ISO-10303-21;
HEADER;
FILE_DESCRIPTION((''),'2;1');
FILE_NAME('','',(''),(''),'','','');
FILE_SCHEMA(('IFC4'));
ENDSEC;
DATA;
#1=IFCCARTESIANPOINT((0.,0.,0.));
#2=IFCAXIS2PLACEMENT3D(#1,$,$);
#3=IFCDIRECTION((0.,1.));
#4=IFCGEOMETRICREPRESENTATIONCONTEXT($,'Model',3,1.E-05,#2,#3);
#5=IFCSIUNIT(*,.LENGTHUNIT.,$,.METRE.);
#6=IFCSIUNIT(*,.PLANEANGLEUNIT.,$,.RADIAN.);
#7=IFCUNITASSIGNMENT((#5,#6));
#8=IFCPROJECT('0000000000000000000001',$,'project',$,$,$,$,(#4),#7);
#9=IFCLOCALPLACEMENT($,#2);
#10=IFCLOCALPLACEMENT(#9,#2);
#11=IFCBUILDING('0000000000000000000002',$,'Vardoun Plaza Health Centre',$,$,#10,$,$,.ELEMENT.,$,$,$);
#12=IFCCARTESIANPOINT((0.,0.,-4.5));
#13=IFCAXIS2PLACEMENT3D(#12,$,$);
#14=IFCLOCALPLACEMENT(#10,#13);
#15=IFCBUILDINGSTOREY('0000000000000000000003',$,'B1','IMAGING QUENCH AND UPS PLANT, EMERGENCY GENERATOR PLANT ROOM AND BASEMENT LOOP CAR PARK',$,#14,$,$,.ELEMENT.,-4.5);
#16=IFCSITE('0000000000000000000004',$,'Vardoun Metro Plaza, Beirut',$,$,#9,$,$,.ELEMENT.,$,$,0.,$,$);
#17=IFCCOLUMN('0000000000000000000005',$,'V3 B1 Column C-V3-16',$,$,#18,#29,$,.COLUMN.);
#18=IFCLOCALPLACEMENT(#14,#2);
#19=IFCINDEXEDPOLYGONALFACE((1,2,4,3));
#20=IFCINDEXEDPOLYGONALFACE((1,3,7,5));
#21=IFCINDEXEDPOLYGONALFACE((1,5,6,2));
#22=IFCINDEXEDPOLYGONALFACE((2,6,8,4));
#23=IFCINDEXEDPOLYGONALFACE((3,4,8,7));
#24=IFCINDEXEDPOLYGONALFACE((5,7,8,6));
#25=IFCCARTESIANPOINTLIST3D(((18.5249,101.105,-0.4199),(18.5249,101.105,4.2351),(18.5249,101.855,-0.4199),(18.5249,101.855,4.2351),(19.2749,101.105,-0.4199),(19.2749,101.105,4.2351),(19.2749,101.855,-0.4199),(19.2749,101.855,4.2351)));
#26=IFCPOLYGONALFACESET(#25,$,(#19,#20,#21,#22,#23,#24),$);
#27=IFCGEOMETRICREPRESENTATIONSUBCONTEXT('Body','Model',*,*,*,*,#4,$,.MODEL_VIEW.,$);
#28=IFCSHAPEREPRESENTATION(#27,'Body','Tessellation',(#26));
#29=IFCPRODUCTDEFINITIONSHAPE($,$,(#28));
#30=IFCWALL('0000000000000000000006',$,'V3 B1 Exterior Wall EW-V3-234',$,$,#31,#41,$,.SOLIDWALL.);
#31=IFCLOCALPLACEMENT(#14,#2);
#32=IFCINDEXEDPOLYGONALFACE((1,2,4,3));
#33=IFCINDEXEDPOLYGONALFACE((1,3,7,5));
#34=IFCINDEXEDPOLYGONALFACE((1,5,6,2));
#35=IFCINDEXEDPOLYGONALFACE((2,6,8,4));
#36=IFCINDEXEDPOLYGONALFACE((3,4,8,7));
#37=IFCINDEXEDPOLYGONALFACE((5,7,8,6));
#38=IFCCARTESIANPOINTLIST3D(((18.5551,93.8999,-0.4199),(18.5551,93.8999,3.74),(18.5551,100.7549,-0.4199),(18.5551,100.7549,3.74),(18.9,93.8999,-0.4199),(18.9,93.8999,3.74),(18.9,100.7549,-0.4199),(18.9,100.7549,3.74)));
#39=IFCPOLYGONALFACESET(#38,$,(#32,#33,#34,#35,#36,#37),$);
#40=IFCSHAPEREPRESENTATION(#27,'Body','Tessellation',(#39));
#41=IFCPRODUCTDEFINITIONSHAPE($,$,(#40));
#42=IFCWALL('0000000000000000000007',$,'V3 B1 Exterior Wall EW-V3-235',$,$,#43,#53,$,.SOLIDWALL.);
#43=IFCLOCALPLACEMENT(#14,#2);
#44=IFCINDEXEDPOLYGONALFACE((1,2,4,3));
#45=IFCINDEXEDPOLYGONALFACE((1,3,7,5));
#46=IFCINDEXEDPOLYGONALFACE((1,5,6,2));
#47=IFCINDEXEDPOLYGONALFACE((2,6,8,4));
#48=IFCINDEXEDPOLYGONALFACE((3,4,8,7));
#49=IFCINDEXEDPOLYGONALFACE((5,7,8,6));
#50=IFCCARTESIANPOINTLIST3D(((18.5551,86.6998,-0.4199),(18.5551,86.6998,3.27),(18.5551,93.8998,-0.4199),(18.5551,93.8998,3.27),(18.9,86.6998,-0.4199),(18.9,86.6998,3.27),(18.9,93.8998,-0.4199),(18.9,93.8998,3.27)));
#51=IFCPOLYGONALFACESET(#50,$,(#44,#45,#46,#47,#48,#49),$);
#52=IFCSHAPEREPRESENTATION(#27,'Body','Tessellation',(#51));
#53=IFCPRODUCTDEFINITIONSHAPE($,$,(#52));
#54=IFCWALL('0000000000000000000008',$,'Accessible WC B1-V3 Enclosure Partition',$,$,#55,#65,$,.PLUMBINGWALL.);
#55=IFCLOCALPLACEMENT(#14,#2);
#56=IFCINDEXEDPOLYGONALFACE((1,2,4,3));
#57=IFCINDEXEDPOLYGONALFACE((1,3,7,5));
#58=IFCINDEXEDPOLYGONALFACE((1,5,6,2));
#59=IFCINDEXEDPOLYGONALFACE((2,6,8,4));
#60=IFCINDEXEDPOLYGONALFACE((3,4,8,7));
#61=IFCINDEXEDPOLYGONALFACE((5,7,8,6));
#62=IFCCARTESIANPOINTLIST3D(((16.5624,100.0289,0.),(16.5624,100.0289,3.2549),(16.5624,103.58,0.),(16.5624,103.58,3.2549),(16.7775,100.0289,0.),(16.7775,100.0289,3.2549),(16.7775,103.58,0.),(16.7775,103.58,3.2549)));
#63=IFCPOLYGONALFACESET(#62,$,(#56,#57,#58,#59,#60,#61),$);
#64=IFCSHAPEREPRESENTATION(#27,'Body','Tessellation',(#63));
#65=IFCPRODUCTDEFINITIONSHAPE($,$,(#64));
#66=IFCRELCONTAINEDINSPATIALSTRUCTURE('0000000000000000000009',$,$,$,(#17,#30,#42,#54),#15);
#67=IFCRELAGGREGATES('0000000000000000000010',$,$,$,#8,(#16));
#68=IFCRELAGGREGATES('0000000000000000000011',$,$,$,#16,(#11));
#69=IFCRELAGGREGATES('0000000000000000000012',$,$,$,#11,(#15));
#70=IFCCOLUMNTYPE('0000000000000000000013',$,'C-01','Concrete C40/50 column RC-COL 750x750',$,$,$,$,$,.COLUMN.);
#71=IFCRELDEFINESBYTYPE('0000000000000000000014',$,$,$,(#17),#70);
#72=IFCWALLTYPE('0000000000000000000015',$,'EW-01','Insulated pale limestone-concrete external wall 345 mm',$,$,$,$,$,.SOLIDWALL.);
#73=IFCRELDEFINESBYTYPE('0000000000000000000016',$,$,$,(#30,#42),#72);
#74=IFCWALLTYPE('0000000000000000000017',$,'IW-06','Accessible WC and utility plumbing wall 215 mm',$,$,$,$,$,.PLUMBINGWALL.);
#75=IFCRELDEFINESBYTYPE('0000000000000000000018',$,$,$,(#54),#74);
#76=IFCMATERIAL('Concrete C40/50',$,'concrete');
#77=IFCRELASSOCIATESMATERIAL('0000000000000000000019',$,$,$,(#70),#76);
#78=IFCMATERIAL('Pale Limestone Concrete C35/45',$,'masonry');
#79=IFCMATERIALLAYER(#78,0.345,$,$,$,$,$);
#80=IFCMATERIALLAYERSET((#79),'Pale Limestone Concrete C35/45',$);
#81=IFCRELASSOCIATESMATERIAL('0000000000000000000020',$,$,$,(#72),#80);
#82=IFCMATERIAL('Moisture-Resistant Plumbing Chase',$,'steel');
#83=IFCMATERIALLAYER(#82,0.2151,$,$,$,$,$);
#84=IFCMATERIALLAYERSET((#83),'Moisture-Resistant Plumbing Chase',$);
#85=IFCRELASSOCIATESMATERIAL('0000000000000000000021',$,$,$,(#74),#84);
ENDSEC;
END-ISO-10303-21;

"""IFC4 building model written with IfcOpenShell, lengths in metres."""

from ifc_helpers import new_model, si_unit, direction, frame, frame_2d, origin, origin_2d, place, context, subcontext, project, spatial, rectangle, extrude, material, layer, layer_set, material_profile, profile_set, type_object, element, save


model = new_model("IFC4")

# Units and contexts
model_context = context("Model", 3, precision=1e-05, world=origin(), true_north=direction((0.0, 1.0)))
body_context = subcontext(model_context, "Body", "Model", "MODEL_VIEW")
ifc_project = project(units=[si_unit("LENGTHUNIT", "METRE"), si_unit("PLANEANGLEUNIT", "RADIAN")], contexts=[model_context])

# Site, building, storey
site_placement = place(None, origin())
site = spatial("IfcSite", under=ifc_project, at=site_placement, Name="Vardoun Metro Plaza, Beirut", CompositionType="ELEMENT", RefElevation=0.0)
building_placement = place(site_placement, origin())
building = spatial("IfcBuilding", under=site, at=building_placement, Name="Vardoun Plaza Health Centre", CompositionType="ELEMENT")
storey_placement = place(building_placement, frame((0.0, 0.0, -4.5)))
storey = spatial("IfcBuildingStorey", under=building, at=storey_placement, Name="B1", Description="IMAGING QUENCH AND UPS PLANT, EMERGENCY GENERATOR PLANT ROOM AND BASEMENT LOOP CAR PARK", CompositionType="ELEMENT", Elevation=-4.5)

# Column
ifc_material_1 = material(Name="Concrete C40/50", Category="concrete")
ifc_material_profile_1 = material_profile(ifc_material_1, rectangle(XDim=0.75, YDim=0.75, at=origin_2d()), Name="RC-COL 750x750")
ifc_profile_set_1 = profile_set([ifc_material_profile_1], Name="Concrete C40/50")
column_type_1 = type_object("IfcColumnType", Name="C-01", Description="Concrete C40/50 column RC-COL 750x750", PredefinedType="COLUMN", material=ifc_profile_set_1)
column_1_placement = place(storey_placement, frame((18.8999, 101.48, -0.4199), z_axis=(0.0, 0.0, 1.0), x_axis=(1.0, 0.0, 0.0)))
element("IfcColumn", 1, at=column_1_placement, inside=storey, type_object=column_type_1, Name="V3 B1 Column C-V3-16", PredefinedType="COLUMN", context=body_context, shape_type="SweptSolid", body=[
    extrude(rectangle(XDim=0.75, YDim=0.75, at=origin_2d()), origin(), (0.0, 0.0, 1.0), 4.655),
])

# Walls
ifc_material_2 = material(Name="Pale Limestone Concrete C35/45", Category="masonry")
ifc_layer_1 = layer(ifc_material_2, 0.345)
ifc_layer_set_1 = layer_set([ifc_layer_1], Name="Pale Limestone Concrete C35/45")
wall_type_1 = type_object("IfcWallType", Name="EW-01", Description="Insulated pale limestone-concrete external wall 345 mm", PredefinedType="SOLIDWALL", material=ifc_layer_set_1)
wall_1_placement = place(storey_placement, frame((18.7275, 100.7549, -0.4199), z_axis=(0.0, 0.0, 1.0), x_axis=(0.0, -1.0, 0.0)))
element("IfcWall", 2, at=wall_1_placement, inside=storey, type_object=wall_type_1, Name="V3 B1 Exterior Wall EW-V3-234", PredefinedType="SOLIDWALL", context=body_context, shape_type="SweptSolid", body=[
    extrude(rectangle(XDim=6.855, YDim=0.345, at=frame_2d((3.4275, 0.0))), origin(), (0.0, 0.0, 1.0), 4.1599),
])
wall_2_placement = place(storey_placement, frame((18.7275, 93.8999, -0.4199), z_axis=(0.0, 0.0, 1.0), x_axis=(0.0, -1.0, 0.0)))
element("IfcWall", 3, at=wall_2_placement, inside=storey, type_object=wall_type_1, Name="V3 B1 Exterior Wall EW-V3-235", PredefinedType="SOLIDWALL", context=body_context, shape_type="SweptSolid", body=[
    extrude(rectangle(XDim=7.2, YDim=0.345, at=frame_2d((3.6001, 0.0))), origin(), (0.0, 0.0, 1.0), 3.6899),
])
ifc_material_3 = material(Name="Moisture-Resistant Plumbing Chase", Category="steel")
ifc_layer_2 = layer(ifc_material_3, 0.2151)
ifc_layer_set_2 = layer_set([ifc_layer_2], Name="Moisture-Resistant Plumbing Chase")
wall_type_2 = type_object("IfcWallType", Name="IW-06", Description="Accessible WC and utility plumbing wall 215 mm", PredefinedType="PLUMBINGWALL", material=ifc_layer_set_2)
wall_3_placement = place(storey_placement, frame((16.6699, 100.0291, 0.0), z_axis=(0.0, 0.0, 1.0), x_axis=(0.0, 1.0, 0.0)))
element("IfcWall", 4, at=wall_3_placement, inside=storey, type_object=wall_type_2, Name="Accessible WC B1-V3 Enclosure Partition", PredefinedType="PLUMBINGWALL", context=body_context, shape_type="SweptSolid", body=[
    extrude(rectangle(XDim=3.551, YDim=0.2151, at=frame_2d((1.7754, 0.0))), origin(), (0.0, 0.0, 1.0), 3.2549),
])

save(model, "model.ifc")
